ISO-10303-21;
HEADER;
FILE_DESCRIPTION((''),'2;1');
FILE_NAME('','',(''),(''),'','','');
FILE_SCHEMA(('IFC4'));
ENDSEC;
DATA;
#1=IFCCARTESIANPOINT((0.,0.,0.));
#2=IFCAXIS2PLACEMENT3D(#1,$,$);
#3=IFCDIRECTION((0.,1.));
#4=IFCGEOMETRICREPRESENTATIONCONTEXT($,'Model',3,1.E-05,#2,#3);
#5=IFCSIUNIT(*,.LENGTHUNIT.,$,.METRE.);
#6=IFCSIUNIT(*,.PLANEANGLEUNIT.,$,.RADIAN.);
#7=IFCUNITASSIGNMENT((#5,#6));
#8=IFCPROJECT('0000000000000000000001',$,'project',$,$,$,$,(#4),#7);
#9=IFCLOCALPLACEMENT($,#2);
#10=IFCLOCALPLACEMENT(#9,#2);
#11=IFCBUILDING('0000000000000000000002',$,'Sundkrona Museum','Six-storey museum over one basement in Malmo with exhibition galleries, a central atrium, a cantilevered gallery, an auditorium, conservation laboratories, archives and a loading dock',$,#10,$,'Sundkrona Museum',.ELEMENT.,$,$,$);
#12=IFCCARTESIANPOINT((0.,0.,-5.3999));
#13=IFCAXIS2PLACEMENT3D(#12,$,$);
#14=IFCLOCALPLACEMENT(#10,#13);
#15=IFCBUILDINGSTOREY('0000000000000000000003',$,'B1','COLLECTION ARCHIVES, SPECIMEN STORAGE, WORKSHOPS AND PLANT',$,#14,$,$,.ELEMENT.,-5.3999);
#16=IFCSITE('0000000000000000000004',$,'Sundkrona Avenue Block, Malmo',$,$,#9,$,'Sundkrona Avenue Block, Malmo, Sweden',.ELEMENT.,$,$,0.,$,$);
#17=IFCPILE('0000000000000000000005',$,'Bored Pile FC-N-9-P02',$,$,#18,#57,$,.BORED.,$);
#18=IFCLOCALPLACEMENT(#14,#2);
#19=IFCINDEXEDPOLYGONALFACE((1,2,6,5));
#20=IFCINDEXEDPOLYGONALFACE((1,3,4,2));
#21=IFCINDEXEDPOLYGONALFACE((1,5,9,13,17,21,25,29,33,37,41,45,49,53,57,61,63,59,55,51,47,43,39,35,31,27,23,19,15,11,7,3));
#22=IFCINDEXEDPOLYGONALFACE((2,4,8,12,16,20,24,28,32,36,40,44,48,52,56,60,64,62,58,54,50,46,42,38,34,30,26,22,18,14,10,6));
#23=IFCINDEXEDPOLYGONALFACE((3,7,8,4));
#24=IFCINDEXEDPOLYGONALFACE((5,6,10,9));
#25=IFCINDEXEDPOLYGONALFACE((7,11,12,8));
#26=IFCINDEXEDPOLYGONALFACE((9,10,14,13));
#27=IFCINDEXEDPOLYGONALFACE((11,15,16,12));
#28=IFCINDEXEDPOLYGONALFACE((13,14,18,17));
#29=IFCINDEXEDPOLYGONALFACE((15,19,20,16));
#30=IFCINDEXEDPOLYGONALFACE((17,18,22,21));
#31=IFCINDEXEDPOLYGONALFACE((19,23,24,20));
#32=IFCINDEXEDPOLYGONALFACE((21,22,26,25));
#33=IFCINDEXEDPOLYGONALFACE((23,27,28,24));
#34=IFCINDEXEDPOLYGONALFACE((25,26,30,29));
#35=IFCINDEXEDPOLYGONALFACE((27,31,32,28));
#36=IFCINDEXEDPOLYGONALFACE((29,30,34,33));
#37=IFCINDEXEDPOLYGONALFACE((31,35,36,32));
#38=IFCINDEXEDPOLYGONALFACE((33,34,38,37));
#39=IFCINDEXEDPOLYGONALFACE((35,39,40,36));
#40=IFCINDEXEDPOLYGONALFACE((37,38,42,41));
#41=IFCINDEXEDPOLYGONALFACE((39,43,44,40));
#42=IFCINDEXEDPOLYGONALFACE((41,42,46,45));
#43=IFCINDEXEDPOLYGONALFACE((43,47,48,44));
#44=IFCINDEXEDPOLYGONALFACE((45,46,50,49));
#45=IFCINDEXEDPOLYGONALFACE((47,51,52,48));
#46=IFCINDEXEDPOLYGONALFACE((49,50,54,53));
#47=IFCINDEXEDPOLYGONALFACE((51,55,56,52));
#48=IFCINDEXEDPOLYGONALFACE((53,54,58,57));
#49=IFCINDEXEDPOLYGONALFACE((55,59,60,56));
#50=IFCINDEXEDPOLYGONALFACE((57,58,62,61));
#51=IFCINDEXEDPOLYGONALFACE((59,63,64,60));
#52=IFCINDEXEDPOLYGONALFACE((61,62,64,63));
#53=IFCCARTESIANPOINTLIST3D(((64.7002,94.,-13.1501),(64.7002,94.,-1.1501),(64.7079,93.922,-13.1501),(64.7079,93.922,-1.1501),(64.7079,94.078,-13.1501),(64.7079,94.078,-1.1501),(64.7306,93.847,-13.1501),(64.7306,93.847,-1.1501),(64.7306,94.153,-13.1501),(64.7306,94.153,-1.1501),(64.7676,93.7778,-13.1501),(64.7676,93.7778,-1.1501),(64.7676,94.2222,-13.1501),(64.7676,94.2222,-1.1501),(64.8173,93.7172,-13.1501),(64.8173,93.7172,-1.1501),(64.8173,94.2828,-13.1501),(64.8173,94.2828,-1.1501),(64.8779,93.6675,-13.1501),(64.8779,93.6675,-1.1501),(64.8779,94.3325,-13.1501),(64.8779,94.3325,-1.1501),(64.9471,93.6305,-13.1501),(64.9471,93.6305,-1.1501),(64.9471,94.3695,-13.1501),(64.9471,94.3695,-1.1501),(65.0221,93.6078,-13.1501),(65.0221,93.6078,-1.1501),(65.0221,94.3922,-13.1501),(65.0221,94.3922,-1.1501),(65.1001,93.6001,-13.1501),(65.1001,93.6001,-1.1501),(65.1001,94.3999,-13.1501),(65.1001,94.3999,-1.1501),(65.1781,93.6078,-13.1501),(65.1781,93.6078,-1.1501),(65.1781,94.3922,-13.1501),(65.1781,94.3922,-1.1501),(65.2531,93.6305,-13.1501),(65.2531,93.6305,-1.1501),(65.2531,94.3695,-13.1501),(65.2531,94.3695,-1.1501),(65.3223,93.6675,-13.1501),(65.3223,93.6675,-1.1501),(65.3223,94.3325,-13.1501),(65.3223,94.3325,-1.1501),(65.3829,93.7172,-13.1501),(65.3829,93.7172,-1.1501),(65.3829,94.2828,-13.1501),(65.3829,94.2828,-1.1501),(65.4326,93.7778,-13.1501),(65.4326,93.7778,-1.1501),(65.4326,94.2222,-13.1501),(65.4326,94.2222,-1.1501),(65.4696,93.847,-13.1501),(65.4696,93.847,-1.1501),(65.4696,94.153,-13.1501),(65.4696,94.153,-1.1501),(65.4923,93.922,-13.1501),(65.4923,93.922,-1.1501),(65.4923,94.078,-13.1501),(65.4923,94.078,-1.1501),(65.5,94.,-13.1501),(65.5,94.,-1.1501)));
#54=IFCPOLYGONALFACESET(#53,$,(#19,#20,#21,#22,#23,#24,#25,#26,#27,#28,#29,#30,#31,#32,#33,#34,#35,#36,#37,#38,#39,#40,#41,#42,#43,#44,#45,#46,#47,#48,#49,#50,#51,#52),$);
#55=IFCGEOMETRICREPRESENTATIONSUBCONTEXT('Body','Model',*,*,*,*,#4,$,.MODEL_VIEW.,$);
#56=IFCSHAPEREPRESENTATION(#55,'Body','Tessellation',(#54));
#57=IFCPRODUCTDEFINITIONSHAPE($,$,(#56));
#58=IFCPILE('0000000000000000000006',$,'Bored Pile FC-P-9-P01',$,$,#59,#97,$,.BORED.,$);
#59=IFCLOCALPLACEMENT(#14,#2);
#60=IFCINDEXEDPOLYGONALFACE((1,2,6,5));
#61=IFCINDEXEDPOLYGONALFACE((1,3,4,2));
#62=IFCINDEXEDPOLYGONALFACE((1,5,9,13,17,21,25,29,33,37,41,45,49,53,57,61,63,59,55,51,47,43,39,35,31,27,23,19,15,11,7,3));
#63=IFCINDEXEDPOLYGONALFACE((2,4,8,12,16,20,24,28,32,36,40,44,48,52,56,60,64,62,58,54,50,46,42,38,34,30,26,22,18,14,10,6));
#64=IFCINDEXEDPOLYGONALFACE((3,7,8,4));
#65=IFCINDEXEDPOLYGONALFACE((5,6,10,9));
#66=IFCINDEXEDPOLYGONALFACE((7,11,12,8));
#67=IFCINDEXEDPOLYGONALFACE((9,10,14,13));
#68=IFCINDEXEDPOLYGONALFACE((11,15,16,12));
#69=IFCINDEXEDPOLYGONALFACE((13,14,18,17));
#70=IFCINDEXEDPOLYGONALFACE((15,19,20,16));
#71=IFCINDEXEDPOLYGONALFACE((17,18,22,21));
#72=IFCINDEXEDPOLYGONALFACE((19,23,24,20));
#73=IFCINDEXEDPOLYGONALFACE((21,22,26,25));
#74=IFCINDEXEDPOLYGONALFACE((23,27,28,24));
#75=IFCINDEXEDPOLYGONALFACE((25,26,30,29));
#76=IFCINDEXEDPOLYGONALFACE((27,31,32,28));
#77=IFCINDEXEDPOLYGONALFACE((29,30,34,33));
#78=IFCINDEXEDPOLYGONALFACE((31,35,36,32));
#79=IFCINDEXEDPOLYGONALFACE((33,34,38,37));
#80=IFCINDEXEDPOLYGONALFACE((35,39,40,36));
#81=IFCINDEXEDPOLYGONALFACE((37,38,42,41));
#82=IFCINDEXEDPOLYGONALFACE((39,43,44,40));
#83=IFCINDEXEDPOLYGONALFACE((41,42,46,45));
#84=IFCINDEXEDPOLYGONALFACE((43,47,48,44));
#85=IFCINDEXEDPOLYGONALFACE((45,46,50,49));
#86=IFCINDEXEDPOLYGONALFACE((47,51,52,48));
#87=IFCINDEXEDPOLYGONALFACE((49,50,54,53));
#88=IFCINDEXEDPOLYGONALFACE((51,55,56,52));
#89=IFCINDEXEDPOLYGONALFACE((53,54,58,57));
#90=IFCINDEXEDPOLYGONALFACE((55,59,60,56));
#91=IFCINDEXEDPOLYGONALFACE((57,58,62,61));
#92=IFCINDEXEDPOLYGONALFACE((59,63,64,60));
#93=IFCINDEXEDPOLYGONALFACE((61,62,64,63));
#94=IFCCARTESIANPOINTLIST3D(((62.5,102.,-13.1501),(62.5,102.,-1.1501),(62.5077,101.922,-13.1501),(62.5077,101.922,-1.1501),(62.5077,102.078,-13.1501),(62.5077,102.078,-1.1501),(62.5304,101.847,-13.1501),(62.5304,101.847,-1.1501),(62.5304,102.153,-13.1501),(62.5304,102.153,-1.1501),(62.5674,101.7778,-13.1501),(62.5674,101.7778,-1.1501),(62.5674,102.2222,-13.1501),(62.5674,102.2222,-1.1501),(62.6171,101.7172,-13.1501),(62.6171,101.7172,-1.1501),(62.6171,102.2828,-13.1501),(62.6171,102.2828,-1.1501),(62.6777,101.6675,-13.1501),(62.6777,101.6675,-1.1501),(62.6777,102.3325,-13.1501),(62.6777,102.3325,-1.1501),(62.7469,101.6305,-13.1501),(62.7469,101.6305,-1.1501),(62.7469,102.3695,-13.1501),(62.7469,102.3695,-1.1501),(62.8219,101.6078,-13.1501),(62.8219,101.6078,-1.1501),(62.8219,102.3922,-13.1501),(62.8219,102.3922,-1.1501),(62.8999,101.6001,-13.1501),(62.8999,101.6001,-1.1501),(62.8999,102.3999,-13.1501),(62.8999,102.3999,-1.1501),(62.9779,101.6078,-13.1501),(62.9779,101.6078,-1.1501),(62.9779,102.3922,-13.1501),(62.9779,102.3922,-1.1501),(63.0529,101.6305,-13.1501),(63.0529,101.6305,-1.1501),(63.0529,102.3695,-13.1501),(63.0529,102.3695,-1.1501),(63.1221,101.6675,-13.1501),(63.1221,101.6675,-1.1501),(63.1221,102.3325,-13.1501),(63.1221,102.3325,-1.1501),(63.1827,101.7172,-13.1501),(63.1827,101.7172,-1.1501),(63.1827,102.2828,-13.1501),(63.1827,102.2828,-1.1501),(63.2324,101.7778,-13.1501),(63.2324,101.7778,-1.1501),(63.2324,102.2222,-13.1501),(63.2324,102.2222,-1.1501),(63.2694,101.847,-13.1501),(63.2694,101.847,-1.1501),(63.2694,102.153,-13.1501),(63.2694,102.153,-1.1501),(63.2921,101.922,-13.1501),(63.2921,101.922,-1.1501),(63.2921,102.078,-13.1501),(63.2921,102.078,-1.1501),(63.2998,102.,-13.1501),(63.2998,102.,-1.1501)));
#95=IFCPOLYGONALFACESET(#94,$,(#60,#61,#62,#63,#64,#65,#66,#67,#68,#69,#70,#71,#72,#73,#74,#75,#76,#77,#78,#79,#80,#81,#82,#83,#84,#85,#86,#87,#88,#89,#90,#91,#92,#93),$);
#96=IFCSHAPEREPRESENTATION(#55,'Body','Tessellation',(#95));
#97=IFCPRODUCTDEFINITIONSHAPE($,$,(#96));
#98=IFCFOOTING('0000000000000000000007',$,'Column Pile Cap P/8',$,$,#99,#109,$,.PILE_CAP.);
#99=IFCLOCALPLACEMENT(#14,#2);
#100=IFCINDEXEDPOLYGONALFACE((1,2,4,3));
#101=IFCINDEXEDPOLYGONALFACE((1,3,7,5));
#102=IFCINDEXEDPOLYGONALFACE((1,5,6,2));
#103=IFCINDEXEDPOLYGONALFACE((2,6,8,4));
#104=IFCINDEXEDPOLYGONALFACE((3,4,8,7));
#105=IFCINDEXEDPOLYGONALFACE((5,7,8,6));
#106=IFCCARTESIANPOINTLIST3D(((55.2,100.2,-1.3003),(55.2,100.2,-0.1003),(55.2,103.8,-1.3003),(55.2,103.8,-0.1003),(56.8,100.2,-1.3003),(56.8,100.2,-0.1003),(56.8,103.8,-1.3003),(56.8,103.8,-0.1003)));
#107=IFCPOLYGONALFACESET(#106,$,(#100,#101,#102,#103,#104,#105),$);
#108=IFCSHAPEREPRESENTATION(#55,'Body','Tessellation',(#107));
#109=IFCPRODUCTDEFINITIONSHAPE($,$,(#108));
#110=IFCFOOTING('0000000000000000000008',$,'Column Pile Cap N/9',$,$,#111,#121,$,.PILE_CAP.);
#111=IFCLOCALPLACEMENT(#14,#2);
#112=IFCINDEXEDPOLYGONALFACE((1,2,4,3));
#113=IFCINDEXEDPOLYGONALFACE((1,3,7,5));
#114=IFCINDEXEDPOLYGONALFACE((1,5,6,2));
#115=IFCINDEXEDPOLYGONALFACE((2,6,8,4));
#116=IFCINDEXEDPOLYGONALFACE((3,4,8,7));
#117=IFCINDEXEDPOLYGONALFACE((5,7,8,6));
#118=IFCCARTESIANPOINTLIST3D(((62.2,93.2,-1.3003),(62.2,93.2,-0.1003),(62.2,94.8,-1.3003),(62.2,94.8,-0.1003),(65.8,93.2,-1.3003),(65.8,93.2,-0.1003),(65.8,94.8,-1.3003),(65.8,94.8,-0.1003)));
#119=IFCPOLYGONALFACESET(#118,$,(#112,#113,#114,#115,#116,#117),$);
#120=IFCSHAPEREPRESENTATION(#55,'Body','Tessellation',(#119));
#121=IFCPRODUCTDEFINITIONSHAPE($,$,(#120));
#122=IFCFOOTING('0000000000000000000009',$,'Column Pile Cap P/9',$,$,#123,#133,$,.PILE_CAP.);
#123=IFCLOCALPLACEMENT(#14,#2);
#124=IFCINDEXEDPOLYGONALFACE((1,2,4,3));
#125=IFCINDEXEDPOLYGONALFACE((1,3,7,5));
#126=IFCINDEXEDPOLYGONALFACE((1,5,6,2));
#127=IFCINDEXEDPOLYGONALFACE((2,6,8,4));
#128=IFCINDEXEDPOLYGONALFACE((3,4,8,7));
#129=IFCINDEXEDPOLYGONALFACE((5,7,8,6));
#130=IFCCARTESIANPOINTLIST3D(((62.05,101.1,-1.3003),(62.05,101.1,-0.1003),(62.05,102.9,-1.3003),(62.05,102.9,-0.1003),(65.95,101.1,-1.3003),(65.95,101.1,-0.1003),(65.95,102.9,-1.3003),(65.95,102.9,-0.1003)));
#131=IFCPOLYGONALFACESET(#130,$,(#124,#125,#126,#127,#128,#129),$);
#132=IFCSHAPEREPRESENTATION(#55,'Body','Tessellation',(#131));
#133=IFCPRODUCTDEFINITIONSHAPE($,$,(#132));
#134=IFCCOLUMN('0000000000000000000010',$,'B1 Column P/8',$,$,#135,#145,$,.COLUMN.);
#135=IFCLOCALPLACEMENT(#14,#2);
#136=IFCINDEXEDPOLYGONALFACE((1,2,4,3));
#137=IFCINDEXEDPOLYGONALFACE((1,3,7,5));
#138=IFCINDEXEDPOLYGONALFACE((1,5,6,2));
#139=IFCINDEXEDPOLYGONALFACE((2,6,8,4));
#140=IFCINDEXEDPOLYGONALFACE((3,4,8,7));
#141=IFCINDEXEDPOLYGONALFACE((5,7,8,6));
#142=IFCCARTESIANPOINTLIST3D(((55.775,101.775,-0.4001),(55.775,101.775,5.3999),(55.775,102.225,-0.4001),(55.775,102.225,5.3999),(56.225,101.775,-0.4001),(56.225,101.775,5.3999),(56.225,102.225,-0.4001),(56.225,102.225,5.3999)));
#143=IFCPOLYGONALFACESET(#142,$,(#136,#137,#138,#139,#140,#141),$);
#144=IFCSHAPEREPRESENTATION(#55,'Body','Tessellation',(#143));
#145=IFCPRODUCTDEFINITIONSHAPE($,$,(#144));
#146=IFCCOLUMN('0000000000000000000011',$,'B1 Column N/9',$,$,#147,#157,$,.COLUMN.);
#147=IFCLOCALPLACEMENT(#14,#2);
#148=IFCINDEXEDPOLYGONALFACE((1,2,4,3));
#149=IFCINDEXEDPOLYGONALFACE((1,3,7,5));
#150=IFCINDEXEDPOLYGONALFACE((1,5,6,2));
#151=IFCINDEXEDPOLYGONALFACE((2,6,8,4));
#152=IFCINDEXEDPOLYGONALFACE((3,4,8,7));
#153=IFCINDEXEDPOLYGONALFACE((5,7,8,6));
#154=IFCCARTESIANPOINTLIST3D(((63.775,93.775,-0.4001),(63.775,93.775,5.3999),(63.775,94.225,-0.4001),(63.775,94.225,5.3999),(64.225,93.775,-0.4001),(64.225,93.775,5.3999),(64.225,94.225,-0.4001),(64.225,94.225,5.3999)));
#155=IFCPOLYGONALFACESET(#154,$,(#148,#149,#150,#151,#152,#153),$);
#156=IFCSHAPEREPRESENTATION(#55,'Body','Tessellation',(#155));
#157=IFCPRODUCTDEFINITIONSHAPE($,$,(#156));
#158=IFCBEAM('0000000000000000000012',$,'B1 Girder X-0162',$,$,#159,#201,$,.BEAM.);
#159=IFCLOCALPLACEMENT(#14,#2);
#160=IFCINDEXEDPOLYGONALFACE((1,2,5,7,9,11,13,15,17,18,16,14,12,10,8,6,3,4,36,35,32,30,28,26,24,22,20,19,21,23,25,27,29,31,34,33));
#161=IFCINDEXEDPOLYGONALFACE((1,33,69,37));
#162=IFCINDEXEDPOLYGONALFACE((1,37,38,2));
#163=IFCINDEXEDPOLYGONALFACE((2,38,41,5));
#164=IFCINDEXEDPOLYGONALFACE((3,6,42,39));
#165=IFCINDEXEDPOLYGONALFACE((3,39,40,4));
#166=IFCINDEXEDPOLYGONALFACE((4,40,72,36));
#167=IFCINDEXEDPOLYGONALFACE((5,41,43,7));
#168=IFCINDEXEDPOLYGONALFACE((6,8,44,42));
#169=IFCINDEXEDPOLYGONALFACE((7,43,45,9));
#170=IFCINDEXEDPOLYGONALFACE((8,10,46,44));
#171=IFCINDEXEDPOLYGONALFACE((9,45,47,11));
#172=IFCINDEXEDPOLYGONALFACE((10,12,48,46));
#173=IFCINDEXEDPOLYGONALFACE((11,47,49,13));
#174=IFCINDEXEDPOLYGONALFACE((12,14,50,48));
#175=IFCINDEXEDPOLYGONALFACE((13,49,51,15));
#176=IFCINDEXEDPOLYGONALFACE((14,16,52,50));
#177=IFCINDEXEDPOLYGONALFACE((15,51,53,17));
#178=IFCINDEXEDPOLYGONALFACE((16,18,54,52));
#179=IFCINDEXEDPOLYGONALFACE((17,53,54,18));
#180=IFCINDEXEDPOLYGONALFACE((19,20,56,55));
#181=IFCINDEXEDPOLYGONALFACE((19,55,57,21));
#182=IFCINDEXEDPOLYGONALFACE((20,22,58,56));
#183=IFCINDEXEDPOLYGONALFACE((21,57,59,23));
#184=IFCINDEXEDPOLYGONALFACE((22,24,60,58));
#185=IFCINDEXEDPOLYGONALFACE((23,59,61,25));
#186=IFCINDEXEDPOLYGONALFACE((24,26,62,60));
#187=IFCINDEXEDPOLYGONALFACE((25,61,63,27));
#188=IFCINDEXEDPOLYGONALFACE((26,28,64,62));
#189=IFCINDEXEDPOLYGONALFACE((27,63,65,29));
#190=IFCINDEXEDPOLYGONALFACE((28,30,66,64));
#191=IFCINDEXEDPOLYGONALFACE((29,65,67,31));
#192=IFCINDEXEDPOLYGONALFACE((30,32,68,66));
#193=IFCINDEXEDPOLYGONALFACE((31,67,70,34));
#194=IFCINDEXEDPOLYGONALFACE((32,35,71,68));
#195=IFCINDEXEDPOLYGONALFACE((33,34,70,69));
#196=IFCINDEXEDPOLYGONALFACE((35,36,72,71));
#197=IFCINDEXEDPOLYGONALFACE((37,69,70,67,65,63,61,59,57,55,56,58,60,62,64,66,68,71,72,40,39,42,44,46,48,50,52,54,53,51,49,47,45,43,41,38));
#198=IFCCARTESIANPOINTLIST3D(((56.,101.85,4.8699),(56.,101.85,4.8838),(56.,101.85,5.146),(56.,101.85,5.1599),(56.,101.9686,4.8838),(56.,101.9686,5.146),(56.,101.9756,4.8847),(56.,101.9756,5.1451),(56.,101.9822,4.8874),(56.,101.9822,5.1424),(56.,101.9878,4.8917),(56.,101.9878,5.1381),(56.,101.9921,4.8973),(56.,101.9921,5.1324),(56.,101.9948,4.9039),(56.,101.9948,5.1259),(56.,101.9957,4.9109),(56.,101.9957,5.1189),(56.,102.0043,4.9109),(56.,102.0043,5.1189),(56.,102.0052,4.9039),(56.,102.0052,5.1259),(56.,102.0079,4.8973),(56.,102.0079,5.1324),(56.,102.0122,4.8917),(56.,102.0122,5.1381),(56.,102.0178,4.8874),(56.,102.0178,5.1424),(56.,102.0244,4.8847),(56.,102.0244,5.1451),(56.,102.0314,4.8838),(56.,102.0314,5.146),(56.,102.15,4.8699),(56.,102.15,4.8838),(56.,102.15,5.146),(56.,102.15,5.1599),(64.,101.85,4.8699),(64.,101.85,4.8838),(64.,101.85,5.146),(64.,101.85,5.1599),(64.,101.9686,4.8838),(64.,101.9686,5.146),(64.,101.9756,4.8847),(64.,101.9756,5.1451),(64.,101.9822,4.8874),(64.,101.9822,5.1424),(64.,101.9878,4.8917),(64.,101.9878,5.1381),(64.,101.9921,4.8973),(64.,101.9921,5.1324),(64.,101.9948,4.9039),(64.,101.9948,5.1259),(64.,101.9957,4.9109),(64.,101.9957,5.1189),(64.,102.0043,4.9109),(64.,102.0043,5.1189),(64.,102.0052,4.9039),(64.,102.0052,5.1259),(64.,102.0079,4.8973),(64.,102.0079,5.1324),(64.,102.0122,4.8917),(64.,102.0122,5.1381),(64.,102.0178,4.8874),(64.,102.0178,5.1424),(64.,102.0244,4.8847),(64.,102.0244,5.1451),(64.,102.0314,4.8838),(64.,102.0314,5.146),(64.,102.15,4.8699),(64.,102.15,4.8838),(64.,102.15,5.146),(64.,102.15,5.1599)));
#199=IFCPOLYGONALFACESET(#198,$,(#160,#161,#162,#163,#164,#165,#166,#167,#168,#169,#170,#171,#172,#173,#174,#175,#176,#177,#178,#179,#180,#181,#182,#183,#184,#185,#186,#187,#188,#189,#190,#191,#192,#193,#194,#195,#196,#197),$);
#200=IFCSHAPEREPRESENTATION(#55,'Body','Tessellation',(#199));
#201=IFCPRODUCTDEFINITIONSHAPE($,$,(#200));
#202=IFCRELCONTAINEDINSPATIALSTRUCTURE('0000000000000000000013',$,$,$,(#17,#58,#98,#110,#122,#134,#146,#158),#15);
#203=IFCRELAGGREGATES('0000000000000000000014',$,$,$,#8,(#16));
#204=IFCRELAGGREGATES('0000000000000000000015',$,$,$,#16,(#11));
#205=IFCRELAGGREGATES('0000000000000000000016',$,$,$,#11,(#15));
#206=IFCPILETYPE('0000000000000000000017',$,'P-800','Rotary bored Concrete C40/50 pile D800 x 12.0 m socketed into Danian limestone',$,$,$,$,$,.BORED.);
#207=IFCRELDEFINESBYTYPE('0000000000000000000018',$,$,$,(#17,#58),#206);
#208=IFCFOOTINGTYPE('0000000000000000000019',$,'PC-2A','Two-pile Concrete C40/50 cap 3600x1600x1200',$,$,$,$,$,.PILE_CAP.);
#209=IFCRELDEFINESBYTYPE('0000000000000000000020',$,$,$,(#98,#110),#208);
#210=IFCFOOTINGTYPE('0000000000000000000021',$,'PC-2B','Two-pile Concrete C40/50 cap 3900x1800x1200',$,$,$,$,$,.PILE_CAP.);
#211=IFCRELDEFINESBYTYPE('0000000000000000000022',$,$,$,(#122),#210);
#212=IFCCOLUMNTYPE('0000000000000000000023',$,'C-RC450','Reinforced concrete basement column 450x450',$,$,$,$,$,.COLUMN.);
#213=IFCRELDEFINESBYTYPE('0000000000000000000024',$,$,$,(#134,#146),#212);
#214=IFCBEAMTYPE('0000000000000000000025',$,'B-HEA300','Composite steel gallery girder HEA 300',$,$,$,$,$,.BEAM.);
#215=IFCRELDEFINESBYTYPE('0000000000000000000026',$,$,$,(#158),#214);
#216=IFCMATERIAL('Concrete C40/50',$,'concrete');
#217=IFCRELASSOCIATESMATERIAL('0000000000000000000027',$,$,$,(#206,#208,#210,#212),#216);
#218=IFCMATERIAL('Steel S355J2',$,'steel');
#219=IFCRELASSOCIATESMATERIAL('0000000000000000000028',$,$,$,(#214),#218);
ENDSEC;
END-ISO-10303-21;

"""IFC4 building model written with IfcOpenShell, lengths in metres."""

from ifc_helpers import new_model, si_unit, direction, frame, origin, origin_2d, place, context, subcontext, project, spatial, rectangle, circle, i_section, extrude, material, material_profile, profile_set, type_object, element, save


model = new_model("IFC4")

# Units and contexts
model_context = context("Model", 3, precision=1e-05, world=origin(), true_north=direction((0.0, 1.0)))
body_context = subcontext(model_context, "Body", "Model", "MODEL_VIEW")
ifc_project = project(units=[si_unit("LENGTHUNIT", "METRE"), si_unit("PLANEANGLEUNIT", "RADIAN")], contexts=[model_context])

# Site, building, storey
site_placement = place(None, origin())
site = spatial("IfcSite", under=ifc_project, at=site_placement, Name="Sundkrona Avenue Block, Malmo", LongName="Sundkrona Avenue Block, Malmo, Sweden", CompositionType="ELEMENT", RefElevation=0.0)
building_placement = place(site_placement, origin())
building = spatial("IfcBuilding", under=site, at=building_placement, Name="Sundkrona Museum", Description="Six-storey museum over one basement in Malmo with exhibition galleries, a central atrium, a cantilevered gallery, an auditorium, conservation laboratories, archives and a loading dock", LongName="Sundkrona Museum", CompositionType="ELEMENT")
storey_placement = place(building_placement, frame((0.0, 0.0, -5.3999)))
storey = spatial("IfcBuildingStorey", under=building, at=storey_placement, Name="B1", Description="COLLECTION ARCHIVES, SPECIMEN STORAGE, WORKSHOPS AND PLANT", CompositionType="ELEMENT", Elevation=-5.3999)

# Shared definitions
ifc_material_1 = material(Name="Concrete C40/50", Category="concrete")

# Piles
ifc_material_profile_1 = material_profile(ifc_material_1, circle(Radius=0.3999, at=origin_2d()), Name="PILE D800")
ifc_profile_set_1 = profile_set([ifc_material_profile_1], Name="Concrete C40/50")
pile_type = type_object("IfcPileType", Name="P-800", Description="Rotary bored Concrete C40/50 pile D800 x 12.0 m socketed into Danian limestone", PredefinedType="BORED", material=ifc_profile_set_1)
for number, where, z_axis, x_axis, name in (
    (1, (65.1001, 94.0, -1.1501), (0.0, 0.0, -1.0), (1.0, 0.0, 0.0), "Bored Pile FC-N-9-P02"),
    (2, (62.8999, 102.0, -1.1501), (0.0, 0.0, -1.0), (1.0, 0.0, 0.0), "Bored Pile FC-P-9-P01"),
):
    element("IfcPile", number, at=place(storey_placement, frame(where, z_axis=z_axis, x_axis=x_axis)), inside=storey, type_object=pile_type, Name=name, PredefinedType="BORED", context=body_context, shape_type="SweptSolid", body=[
        extrude(circle(Radius=0.3999, at=origin_2d()), origin(), (0.0, 0.0, 1.0), 12.0),
    ])

# Footings
footing_type_1 = type_object("IfcFootingType", Name="PC-2A", Description="Two-pile Concrete C40/50 cap 3600x1600x1200", PredefinedType="PILE_CAP", material=ifc_material_1)
for number, where, z_axis, x_axis, name in (
    (3, (56.0, 102.0, -1.3003), (0.0, 0.0, 1.0), (0.0, 1.0, 0.0), "Column Pile Cap P/8"),
    (4, (64.0, 94.0, -1.3003), (0.0, 0.0, 1.0), (1.0, 0.0, 0.0), "Column Pile Cap N/9"),
):
    element("IfcFooting", number, at=place(storey_placement, frame(where, z_axis=z_axis, x_axis=x_axis)), inside=storey, type_object=footing_type_1, Name=name, PredefinedType="PILE_CAP", context=body_context, shape_type="SweptSolid", body=[
        extrude(rectangle(XDim=3.6001, YDim=1.6001, at=origin_2d()), origin(), (0.0, 0.0, 1.0), 1.2),
    ])
footing_type_2 = type_object("IfcFootingType", Name="PC-2B", Description="Two-pile Concrete C40/50 cap 3900x1800x1200", PredefinedType="PILE_CAP", material=ifc_material_1)
footing_1_placement = place(storey_placement, frame((64.0, 102.0, -1.3003), z_axis=(0.0, 0.0, 1.0), x_axis=(1.0, 0.0, 0.0)))
element("IfcFooting", 5, at=footing_1_placement, inside=storey, type_object=footing_type_2, Name="Column Pile Cap P/9", PredefinedType="PILE_CAP", context=body_context, shape_type="SweptSolid", body=[
    extrude(rectangle(XDim=3.8999, YDim=1.8, at=origin_2d()), origin(), (0.0, 0.0, 1.0), 1.2),
])

# Columns
ifc_material_profile_2 = material_profile(ifc_material_1, rectangle(XDim=0.45, YDim=0.45, at=origin_2d()), Name="RC 450x450")
ifc_profile_set_2 = profile_set([ifc_material_profile_2], Name="Concrete C40/50")
column_type = type_object("IfcColumnType", Name="C-RC450", Description="Reinforced concrete basement column 450x450", PredefinedType="COLUMN", material=ifc_profile_set_2)
for number, where, z_axis, x_axis, name in (
    (6, (56.0, 102.0, -0.4001), (0.0, 0.0, 1.0), (1.0, 0.0, 0.0), "B1 Column P/8"),
    (7, (64.0, 94.0, -0.4001), (0.0, 0.0, 1.0), (1.0, 0.0, 0.0), "B1 Column N/9"),
):
    element("IfcColumn", number, at=place(storey_placement, frame(where, z_axis=z_axis, x_axis=x_axis)), inside=storey, type_object=column_type, Name=name, PredefinedType="COLUMN", context=body_context, shape_type="SweptSolid", body=[
        extrude(rectangle(XDim=0.45, YDim=0.45, at=origin_2d()), origin(), (0.0, 0.0, 1.0), 5.8),
    ])

# Beam
ifc_material_2 = material(Name="Steel S355J2", Category="steel")
ifc_material_profile_3 = material_profile(ifc_material_2, i_section(OverallWidth=0.3, OverallDepth=0.29, WebThickness=0.0085, FlangeThickness=0.0139, FilletRadius=0.0271, at=origin_2d()), Name="HEA 300")
ifc_profile_set_3 = profile_set([ifc_material_profile_3], Name="Steel S355J2")
beam_type_1 = type_object("IfcBeamType", Name="B-HEA300", Description="Composite steel gallery girder HEA 300", PredefinedType="BEAM", material=ifc_profile_set_3)
beam_1_placement = place(storey_placement, frame((56.0, 102.0, 5.0149), z_axis=(1.0, 0.0, 0.0), x_axis=(0.0, 1.0, 0.0)))
element("IfcBeam", 8, at=beam_1_placement, inside=storey, type_object=beam_type_1, Name="B1 Girder X-0162", PredefinedType="BEAM", context=body_context, shape_type="SweptSolid", body=[
    extrude(i_section(OverallWidth=0.3, OverallDepth=0.29, WebThickness=0.0085, FlangeThickness=0.0139, FilletRadius=0.0271, at=origin_2d()), origin(), (0.0, 0.0, 1.0), 8.0),
])

save(model, "model.ifc")
